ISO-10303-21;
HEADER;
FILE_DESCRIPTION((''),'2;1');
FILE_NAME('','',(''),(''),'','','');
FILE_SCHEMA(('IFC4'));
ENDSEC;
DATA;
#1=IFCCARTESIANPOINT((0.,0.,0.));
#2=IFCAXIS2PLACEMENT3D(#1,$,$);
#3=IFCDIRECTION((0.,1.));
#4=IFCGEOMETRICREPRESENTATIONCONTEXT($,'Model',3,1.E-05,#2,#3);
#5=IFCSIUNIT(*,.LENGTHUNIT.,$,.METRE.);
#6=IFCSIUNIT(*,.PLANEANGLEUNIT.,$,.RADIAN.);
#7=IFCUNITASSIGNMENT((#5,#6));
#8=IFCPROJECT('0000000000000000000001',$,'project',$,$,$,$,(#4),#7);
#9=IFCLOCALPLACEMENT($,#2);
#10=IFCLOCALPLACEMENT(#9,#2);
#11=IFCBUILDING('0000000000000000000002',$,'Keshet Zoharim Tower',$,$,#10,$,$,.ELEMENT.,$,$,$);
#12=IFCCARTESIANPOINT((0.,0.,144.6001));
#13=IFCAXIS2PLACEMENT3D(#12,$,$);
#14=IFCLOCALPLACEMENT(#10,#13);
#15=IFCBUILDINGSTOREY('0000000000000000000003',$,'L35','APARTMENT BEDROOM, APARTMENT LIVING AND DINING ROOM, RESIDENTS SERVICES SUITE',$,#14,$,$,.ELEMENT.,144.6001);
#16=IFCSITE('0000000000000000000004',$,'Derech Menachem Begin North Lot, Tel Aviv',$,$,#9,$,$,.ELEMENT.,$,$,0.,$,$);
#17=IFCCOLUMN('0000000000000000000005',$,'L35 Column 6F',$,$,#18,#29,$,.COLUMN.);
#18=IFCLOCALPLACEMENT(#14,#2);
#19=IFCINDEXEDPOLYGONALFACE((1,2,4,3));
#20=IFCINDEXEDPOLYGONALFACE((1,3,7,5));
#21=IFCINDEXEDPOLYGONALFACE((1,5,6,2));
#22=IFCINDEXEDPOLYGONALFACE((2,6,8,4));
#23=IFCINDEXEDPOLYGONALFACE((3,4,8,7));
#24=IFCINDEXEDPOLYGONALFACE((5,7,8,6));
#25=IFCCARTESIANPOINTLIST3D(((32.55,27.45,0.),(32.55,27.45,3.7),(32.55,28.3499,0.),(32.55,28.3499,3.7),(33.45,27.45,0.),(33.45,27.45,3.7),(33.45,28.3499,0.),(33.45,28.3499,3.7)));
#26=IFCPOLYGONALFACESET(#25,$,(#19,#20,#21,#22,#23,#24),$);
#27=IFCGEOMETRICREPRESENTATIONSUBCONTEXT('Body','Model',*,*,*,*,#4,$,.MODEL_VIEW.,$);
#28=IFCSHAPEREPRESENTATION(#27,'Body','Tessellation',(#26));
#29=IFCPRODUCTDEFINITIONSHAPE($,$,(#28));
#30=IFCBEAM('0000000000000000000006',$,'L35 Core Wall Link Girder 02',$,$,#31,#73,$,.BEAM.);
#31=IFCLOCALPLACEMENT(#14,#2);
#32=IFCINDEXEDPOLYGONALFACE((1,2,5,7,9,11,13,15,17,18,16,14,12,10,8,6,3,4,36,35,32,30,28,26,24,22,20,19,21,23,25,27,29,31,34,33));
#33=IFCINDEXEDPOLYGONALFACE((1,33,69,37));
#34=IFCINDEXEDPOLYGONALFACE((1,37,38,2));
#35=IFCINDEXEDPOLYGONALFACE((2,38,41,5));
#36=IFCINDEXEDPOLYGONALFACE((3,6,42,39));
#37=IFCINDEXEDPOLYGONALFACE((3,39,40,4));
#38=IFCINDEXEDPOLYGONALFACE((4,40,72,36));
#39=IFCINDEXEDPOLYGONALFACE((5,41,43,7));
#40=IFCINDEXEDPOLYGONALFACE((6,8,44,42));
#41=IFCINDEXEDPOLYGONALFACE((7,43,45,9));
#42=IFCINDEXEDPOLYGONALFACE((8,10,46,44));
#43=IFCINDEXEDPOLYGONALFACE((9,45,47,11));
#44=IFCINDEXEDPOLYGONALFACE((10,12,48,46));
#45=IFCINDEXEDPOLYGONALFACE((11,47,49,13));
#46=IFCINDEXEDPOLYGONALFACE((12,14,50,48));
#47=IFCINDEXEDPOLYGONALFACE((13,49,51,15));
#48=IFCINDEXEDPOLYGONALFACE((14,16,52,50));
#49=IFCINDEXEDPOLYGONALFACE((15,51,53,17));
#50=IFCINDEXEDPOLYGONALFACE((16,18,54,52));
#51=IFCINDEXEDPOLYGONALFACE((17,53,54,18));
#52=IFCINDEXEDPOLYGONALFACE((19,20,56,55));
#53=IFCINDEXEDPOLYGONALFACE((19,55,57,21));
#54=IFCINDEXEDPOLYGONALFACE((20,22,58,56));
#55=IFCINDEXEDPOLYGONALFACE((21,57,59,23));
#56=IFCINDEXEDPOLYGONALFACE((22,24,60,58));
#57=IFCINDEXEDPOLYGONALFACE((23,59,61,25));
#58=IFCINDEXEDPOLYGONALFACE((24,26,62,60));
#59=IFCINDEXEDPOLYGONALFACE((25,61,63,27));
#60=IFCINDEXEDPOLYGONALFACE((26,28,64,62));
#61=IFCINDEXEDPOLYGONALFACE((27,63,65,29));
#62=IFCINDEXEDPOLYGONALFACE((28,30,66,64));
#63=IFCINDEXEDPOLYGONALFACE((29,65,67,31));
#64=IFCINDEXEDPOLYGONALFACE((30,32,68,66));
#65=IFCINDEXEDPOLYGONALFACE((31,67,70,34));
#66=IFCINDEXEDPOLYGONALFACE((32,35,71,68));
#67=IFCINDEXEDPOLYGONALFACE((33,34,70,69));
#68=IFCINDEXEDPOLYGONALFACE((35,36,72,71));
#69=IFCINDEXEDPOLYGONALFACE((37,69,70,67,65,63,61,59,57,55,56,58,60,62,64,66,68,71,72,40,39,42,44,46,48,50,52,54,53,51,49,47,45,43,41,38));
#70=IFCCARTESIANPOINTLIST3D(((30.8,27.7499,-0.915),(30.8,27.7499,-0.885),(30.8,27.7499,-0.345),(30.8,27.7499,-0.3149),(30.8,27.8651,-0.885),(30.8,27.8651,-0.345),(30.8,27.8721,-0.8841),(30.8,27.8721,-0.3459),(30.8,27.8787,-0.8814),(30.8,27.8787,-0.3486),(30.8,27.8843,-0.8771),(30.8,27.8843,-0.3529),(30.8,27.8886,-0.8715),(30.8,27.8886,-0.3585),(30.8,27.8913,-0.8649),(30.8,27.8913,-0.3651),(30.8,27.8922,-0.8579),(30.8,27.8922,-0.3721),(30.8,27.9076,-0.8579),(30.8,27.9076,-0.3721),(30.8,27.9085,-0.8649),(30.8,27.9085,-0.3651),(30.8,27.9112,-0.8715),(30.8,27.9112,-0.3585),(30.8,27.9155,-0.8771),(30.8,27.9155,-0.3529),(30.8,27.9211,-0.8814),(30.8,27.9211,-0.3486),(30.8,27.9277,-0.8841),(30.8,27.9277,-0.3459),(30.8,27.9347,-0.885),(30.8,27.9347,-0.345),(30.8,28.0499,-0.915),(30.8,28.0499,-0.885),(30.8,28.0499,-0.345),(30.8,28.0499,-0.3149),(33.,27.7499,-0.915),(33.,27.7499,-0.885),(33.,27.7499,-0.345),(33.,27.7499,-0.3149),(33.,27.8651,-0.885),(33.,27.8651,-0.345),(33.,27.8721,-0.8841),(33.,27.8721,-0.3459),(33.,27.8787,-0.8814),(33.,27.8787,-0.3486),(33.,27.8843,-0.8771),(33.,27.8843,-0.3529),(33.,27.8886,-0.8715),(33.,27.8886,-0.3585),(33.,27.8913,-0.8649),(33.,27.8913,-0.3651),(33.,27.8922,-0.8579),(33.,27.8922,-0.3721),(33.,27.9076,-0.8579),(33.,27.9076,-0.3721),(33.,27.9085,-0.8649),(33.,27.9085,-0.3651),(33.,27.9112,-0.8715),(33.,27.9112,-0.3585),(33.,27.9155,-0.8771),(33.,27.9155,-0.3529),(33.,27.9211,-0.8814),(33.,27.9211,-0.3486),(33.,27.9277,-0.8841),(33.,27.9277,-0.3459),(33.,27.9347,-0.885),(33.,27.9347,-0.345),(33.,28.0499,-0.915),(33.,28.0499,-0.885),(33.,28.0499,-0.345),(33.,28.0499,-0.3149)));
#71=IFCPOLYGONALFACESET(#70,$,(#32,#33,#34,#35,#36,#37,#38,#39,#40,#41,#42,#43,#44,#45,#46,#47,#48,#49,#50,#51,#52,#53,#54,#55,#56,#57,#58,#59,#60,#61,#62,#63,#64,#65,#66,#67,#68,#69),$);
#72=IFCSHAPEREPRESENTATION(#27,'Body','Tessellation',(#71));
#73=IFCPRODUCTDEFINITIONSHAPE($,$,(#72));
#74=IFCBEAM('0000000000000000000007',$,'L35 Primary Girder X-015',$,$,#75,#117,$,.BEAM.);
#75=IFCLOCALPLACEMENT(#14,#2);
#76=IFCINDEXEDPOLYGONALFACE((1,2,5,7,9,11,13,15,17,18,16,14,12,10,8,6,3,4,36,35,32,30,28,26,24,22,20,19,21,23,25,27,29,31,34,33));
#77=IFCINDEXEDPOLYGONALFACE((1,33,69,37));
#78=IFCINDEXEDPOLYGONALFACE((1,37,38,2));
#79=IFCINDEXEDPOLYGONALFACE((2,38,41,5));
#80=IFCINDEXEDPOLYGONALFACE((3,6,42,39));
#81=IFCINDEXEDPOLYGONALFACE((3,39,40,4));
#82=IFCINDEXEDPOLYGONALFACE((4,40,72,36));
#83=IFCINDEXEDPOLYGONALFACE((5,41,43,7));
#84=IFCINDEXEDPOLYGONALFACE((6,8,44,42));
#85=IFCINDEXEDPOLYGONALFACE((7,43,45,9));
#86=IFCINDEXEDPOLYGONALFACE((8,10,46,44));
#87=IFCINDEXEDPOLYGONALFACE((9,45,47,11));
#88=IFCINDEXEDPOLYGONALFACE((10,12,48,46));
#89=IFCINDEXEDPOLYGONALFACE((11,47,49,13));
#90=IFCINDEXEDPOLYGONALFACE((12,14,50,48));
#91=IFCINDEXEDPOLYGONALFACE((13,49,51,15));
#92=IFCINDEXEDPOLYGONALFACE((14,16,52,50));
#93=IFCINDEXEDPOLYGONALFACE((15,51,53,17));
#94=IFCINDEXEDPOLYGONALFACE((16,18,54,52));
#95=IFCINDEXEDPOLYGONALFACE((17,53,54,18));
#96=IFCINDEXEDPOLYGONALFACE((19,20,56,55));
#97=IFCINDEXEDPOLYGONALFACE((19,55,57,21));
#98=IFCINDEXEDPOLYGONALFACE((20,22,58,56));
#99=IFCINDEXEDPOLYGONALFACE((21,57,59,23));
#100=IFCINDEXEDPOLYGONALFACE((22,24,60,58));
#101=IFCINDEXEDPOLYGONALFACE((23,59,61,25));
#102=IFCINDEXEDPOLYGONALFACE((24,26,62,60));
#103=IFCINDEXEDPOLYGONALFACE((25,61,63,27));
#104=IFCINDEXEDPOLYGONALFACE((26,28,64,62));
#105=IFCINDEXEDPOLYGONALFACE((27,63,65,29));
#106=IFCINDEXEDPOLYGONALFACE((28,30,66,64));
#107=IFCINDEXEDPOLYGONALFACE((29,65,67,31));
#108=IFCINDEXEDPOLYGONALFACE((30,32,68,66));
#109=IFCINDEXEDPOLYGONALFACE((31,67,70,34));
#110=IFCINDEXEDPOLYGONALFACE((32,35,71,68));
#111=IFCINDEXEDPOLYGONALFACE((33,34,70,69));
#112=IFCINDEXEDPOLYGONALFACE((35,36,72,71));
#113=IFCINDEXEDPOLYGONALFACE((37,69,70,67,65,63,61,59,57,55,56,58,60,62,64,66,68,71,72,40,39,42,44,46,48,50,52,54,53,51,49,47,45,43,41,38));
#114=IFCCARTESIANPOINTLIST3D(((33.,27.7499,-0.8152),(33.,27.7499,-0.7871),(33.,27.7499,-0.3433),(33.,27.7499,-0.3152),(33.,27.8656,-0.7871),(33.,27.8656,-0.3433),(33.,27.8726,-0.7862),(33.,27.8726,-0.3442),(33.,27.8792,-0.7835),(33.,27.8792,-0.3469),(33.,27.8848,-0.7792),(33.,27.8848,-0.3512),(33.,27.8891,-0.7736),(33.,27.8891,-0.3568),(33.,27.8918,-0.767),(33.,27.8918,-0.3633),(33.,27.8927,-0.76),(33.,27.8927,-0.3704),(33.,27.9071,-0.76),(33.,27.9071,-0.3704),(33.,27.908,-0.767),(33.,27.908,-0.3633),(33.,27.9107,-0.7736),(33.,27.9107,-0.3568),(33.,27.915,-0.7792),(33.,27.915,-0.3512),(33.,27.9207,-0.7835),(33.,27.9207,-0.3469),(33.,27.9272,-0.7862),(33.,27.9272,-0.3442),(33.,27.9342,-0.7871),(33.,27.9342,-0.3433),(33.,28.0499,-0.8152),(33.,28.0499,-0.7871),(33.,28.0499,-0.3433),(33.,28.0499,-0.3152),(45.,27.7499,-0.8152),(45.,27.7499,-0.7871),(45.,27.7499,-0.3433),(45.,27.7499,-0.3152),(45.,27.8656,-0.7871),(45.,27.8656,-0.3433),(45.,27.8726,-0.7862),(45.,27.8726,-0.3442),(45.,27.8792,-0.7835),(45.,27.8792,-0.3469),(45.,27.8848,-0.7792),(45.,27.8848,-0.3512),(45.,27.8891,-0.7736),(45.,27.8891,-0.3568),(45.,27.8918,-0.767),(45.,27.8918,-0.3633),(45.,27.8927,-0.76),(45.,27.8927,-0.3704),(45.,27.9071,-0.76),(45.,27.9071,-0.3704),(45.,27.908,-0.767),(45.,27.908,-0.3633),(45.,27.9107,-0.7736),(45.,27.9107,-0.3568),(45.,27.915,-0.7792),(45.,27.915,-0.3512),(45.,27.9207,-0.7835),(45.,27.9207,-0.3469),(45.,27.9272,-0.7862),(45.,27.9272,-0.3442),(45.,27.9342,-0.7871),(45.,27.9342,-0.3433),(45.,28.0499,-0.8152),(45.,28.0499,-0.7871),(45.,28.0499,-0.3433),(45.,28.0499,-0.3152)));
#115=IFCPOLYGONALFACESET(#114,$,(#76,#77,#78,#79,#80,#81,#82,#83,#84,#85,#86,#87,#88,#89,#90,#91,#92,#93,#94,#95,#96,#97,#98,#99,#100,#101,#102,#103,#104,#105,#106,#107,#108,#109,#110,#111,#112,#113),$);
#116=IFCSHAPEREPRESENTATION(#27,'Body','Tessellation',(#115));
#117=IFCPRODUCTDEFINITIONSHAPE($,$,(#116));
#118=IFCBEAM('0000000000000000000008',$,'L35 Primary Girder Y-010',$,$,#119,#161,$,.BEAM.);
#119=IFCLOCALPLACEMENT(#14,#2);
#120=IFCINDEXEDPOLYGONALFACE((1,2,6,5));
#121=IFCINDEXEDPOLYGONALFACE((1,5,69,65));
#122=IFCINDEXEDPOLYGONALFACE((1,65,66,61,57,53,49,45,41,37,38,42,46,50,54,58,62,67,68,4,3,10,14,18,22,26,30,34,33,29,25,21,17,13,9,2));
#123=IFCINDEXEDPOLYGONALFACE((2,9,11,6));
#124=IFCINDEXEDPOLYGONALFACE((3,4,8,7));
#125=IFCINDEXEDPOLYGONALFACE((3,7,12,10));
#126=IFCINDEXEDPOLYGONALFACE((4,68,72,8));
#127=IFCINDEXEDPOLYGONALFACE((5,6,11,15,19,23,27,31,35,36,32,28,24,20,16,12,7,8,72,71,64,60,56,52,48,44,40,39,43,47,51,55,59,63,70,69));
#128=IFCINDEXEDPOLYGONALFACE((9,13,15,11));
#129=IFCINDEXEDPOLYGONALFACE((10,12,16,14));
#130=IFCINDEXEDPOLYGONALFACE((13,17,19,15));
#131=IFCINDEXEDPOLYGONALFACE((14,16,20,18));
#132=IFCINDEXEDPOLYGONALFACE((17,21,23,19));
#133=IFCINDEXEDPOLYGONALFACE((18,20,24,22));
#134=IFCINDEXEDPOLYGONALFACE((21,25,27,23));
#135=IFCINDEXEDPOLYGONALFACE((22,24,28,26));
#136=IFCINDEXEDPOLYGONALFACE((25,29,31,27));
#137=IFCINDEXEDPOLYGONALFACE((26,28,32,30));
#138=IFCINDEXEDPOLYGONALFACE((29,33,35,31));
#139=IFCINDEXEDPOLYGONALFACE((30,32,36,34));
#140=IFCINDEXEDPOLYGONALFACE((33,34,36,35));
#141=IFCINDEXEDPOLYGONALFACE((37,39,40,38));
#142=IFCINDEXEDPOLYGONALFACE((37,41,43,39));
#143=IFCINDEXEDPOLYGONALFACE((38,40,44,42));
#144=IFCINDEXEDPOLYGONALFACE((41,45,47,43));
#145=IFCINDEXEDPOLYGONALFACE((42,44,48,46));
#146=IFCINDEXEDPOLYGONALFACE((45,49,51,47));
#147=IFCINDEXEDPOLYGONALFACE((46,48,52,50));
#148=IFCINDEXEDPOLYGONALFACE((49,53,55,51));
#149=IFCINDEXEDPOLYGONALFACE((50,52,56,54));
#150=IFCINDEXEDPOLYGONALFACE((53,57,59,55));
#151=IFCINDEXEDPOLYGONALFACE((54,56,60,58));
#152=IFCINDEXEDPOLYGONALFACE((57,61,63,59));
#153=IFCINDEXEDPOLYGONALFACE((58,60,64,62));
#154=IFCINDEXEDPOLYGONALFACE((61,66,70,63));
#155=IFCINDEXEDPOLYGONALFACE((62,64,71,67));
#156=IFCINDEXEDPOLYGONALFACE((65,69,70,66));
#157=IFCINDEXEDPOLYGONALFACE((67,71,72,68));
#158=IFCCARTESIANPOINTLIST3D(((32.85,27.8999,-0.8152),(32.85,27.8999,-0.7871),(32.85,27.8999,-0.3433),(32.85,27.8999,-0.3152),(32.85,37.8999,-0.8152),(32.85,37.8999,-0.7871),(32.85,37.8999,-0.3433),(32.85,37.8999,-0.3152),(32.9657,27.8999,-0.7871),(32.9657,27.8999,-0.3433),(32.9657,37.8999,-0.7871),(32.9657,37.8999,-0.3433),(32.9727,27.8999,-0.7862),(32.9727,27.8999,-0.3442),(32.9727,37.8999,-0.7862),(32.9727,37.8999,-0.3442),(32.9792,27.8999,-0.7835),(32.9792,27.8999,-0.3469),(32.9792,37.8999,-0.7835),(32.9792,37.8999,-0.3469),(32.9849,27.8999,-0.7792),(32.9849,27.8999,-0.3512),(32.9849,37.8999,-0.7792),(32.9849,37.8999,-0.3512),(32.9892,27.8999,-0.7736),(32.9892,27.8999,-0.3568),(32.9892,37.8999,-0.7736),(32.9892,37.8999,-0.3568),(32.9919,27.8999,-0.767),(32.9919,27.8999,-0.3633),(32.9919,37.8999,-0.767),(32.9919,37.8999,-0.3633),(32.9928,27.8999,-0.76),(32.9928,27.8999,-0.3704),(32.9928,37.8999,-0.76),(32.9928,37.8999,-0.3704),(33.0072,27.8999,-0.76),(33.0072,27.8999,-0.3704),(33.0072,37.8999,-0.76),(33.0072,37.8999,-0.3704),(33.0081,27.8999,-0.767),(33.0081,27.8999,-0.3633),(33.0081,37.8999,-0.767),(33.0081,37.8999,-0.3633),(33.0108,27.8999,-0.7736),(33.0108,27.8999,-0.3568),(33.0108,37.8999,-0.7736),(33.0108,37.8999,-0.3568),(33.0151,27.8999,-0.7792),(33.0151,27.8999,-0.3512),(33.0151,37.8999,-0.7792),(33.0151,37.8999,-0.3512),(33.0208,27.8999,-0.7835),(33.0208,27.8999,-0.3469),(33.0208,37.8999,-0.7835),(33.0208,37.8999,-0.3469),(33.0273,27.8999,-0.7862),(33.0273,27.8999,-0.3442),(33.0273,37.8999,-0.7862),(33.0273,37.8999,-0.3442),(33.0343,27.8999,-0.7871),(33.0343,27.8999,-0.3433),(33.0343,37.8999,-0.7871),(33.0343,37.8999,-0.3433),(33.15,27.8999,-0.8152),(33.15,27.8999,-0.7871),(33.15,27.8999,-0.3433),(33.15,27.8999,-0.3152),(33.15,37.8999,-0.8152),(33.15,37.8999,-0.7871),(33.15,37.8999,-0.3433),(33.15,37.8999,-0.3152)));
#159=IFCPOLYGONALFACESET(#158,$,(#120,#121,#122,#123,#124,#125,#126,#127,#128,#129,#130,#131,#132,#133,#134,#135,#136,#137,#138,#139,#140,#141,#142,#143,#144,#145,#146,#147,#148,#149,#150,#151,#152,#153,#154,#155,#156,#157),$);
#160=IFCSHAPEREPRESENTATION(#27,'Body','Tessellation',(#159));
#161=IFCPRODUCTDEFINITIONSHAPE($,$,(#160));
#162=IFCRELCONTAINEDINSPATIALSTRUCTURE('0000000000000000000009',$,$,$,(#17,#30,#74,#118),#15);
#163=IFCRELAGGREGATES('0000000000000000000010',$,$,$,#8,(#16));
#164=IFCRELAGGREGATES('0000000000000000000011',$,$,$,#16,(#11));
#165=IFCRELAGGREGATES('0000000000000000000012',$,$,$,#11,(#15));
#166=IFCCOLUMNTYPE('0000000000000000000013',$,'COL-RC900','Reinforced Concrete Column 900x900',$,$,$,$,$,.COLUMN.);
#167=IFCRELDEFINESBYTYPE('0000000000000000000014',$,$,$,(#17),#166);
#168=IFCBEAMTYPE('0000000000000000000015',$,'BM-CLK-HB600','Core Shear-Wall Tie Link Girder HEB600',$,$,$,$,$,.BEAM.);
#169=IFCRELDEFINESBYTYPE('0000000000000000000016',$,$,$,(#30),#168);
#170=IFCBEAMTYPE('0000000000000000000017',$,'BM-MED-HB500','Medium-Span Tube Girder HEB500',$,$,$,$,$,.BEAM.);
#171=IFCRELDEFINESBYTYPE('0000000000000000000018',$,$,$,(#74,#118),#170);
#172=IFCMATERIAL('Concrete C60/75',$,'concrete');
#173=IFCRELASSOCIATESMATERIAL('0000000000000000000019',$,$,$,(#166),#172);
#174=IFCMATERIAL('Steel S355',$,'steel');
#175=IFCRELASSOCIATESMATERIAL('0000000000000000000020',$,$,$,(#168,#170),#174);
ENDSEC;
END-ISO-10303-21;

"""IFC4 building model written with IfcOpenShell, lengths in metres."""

from ifc_helpers import new_model, si_unit, direction, frame, origin, origin_2d, place, context, subcontext, project, spatial, rectangle, i_section, extrude, material, material_profile, profile_set, type_object, element, save


model = new_model("IFC4")

# Units and contexts
model_context = context("Model", 3, precision=1e-05, world=origin(), true_north=direction((0.0, 1.0)))
body_context = subcontext(model_context, "Body", "Model", "MODEL_VIEW")
ifc_project = project(units=[si_unit("LENGTHUNIT", "METRE"), si_unit("PLANEANGLEUNIT", "RADIAN")], contexts=[model_context])

# Site, building, storey
site_placement = place(None, origin())
site = spatial("IfcSite", under=ifc_project, at=site_placement, Name="Derech Menachem Begin North Lot, Tel Aviv", CompositionType="ELEMENT", RefElevation=0.0)
building_placement = place(site_placement, origin())
building = spatial("IfcBuilding", under=site, at=building_placement, Name="Keshet Zoharim Tower", CompositionType="ELEMENT")
storey_placement = place(building_placement, frame((0.0, 0.0, 144.6001)))
storey = spatial("IfcBuildingStorey", under=building, at=storey_placement, Name="L35", Description="APARTMENT BEDROOM, APARTMENT LIVING AND DINING ROOM, RESIDENTS SERVICES SUITE", CompositionType="ELEMENT", Elevation=144.6001)

# Column
ifc_material_1 = material(Name="Concrete C60/75", Category="concrete")
ifc_material_profile_1 = material_profile(ifc_material_1, rectangle(XDim=0.8999, YDim=0.8999, at=origin_2d()), Name="RC900x900")
ifc_profile_set_1 = profile_set([ifc_material_profile_1], Name="Concrete C60/75")
column_type = type_object("IfcColumnType", Name="COL-RC900", Description="Reinforced Concrete Column 900x900", PredefinedType="COLUMN", material=ifc_profile_set_1)
column_placement = place(storey_placement, frame((33.0, 27.8999, 0.0), z_axis=(0.0, 0.0, 1.0), x_axis=(1.0, 0.0, 0.0)))
element("IfcColumn", 1, at=column_placement, inside=storey, type_object=column_type, Name="L35 Column 6F", PredefinedType="COLUMN", context=body_context, shape_type="SweptSolid", body=[
    extrude(rectangle(XDim=0.8999, YDim=0.8999, at=origin_2d()), origin(), (0.0, 0.0, 1.0), 3.7),
])

# Beams
ifc_material_2 = material(Name="Steel S355", Category="steel")
ifc_material_profile_2 = material_profile(ifc_material_2, i_section(OverallWidth=0.3, OverallDepth=0.6001, WebThickness=0.0154, FlangeThickness=0.03, FilletRadius=0.0271, at=origin_2d()), Name="HEB600")
ifc_profile_set_2 = profile_set([ifc_material_profile_2], Name="Steel S355")
beam_type_1 = type_object("IfcBeamType", Name="BM-CLK-HB600", Description="Core Shear-Wall Tie Link Girder HEB600", PredefinedType="BEAM", material=ifc_profile_set_2)
beam_1_placement = place(storey_placement, frame((30.8, 27.8999, -0.615), z_axis=(1.0, 0.0, 0.0), x_axis=(0.0, 1.0, 0.0)))
element("IfcBeam", 2, at=beam_1_placement, inside=storey, type_object=beam_type_1, Name="L35 Core Wall Link Girder 02", PredefinedType="BEAM", context=body_context, shape_type="SweptSolid", body=[
    extrude(i_section(OverallWidth=0.3, OverallDepth=0.6001, WebThickness=0.0154, FlangeThickness=0.03, FilletRadius=0.0271, at=origin_2d()), origin(), (0.0, 0.0, 1.0), 2.2),
])
ifc_material_profile_3 = material_profile(ifc_material_2, i_section(OverallWidth=0.3, OverallDepth=0.5, WebThickness=0.0144, FlangeThickness=0.0281, FilletRadius=0.0271, at=origin_2d()), Name="HEB500")
ifc_profile_set_3 = profile_set([ifc_material_profile_3], Name="Steel S355")
beam_type_2 = type_object("IfcBeamType", Name="BM-MED-HB500", Description="Medium-Span Tube Girder HEB500", PredefinedType="BEAM", material=ifc_profile_set_3)
beam_2_placement = place(storey_placement, frame((33.0, 27.8999, -0.5652), z_axis=(1.0, 0.0, 0.0), x_axis=(0.0, 1.0, 0.0)))
element("IfcBeam", 3, at=beam_2_placement, inside=storey, type_object=beam_type_2, Name="L35 Primary Girder X-015", PredefinedType="BEAM", context=body_context, shape_type="SweptSolid", body=[
    extrude(i_section(OverallWidth=0.3, OverallDepth=0.5, WebThickness=0.0144, FlangeThickness=0.0281, FilletRadius=0.0271, at=origin_2d()), origin(), (0.0, 0.0, 1.0), 12.0),
])
beam_3_placement = place(storey_placement, frame((33.0, 27.8999, -0.5652), z_axis=(0.0, 1.0, 0.0), x_axis=(-1.0, 0.0, 0.0)))
element("IfcBeam", 4, at=beam_3_placement, inside=storey, type_object=beam_type_2, Name="L35 Primary Girder Y-010", PredefinedType="BEAM", context=body_context, shape_type="SweptSolid", body=[
    extrude(i_section(OverallWidth=0.3, OverallDepth=0.5, WebThickness=0.0144, FlangeThickness=0.0281, FilletRadius=0.0271, at=origin_2d()), origin(), (0.0, 0.0, 1.0), 10.0),
])

save(model, "model.ifc")
